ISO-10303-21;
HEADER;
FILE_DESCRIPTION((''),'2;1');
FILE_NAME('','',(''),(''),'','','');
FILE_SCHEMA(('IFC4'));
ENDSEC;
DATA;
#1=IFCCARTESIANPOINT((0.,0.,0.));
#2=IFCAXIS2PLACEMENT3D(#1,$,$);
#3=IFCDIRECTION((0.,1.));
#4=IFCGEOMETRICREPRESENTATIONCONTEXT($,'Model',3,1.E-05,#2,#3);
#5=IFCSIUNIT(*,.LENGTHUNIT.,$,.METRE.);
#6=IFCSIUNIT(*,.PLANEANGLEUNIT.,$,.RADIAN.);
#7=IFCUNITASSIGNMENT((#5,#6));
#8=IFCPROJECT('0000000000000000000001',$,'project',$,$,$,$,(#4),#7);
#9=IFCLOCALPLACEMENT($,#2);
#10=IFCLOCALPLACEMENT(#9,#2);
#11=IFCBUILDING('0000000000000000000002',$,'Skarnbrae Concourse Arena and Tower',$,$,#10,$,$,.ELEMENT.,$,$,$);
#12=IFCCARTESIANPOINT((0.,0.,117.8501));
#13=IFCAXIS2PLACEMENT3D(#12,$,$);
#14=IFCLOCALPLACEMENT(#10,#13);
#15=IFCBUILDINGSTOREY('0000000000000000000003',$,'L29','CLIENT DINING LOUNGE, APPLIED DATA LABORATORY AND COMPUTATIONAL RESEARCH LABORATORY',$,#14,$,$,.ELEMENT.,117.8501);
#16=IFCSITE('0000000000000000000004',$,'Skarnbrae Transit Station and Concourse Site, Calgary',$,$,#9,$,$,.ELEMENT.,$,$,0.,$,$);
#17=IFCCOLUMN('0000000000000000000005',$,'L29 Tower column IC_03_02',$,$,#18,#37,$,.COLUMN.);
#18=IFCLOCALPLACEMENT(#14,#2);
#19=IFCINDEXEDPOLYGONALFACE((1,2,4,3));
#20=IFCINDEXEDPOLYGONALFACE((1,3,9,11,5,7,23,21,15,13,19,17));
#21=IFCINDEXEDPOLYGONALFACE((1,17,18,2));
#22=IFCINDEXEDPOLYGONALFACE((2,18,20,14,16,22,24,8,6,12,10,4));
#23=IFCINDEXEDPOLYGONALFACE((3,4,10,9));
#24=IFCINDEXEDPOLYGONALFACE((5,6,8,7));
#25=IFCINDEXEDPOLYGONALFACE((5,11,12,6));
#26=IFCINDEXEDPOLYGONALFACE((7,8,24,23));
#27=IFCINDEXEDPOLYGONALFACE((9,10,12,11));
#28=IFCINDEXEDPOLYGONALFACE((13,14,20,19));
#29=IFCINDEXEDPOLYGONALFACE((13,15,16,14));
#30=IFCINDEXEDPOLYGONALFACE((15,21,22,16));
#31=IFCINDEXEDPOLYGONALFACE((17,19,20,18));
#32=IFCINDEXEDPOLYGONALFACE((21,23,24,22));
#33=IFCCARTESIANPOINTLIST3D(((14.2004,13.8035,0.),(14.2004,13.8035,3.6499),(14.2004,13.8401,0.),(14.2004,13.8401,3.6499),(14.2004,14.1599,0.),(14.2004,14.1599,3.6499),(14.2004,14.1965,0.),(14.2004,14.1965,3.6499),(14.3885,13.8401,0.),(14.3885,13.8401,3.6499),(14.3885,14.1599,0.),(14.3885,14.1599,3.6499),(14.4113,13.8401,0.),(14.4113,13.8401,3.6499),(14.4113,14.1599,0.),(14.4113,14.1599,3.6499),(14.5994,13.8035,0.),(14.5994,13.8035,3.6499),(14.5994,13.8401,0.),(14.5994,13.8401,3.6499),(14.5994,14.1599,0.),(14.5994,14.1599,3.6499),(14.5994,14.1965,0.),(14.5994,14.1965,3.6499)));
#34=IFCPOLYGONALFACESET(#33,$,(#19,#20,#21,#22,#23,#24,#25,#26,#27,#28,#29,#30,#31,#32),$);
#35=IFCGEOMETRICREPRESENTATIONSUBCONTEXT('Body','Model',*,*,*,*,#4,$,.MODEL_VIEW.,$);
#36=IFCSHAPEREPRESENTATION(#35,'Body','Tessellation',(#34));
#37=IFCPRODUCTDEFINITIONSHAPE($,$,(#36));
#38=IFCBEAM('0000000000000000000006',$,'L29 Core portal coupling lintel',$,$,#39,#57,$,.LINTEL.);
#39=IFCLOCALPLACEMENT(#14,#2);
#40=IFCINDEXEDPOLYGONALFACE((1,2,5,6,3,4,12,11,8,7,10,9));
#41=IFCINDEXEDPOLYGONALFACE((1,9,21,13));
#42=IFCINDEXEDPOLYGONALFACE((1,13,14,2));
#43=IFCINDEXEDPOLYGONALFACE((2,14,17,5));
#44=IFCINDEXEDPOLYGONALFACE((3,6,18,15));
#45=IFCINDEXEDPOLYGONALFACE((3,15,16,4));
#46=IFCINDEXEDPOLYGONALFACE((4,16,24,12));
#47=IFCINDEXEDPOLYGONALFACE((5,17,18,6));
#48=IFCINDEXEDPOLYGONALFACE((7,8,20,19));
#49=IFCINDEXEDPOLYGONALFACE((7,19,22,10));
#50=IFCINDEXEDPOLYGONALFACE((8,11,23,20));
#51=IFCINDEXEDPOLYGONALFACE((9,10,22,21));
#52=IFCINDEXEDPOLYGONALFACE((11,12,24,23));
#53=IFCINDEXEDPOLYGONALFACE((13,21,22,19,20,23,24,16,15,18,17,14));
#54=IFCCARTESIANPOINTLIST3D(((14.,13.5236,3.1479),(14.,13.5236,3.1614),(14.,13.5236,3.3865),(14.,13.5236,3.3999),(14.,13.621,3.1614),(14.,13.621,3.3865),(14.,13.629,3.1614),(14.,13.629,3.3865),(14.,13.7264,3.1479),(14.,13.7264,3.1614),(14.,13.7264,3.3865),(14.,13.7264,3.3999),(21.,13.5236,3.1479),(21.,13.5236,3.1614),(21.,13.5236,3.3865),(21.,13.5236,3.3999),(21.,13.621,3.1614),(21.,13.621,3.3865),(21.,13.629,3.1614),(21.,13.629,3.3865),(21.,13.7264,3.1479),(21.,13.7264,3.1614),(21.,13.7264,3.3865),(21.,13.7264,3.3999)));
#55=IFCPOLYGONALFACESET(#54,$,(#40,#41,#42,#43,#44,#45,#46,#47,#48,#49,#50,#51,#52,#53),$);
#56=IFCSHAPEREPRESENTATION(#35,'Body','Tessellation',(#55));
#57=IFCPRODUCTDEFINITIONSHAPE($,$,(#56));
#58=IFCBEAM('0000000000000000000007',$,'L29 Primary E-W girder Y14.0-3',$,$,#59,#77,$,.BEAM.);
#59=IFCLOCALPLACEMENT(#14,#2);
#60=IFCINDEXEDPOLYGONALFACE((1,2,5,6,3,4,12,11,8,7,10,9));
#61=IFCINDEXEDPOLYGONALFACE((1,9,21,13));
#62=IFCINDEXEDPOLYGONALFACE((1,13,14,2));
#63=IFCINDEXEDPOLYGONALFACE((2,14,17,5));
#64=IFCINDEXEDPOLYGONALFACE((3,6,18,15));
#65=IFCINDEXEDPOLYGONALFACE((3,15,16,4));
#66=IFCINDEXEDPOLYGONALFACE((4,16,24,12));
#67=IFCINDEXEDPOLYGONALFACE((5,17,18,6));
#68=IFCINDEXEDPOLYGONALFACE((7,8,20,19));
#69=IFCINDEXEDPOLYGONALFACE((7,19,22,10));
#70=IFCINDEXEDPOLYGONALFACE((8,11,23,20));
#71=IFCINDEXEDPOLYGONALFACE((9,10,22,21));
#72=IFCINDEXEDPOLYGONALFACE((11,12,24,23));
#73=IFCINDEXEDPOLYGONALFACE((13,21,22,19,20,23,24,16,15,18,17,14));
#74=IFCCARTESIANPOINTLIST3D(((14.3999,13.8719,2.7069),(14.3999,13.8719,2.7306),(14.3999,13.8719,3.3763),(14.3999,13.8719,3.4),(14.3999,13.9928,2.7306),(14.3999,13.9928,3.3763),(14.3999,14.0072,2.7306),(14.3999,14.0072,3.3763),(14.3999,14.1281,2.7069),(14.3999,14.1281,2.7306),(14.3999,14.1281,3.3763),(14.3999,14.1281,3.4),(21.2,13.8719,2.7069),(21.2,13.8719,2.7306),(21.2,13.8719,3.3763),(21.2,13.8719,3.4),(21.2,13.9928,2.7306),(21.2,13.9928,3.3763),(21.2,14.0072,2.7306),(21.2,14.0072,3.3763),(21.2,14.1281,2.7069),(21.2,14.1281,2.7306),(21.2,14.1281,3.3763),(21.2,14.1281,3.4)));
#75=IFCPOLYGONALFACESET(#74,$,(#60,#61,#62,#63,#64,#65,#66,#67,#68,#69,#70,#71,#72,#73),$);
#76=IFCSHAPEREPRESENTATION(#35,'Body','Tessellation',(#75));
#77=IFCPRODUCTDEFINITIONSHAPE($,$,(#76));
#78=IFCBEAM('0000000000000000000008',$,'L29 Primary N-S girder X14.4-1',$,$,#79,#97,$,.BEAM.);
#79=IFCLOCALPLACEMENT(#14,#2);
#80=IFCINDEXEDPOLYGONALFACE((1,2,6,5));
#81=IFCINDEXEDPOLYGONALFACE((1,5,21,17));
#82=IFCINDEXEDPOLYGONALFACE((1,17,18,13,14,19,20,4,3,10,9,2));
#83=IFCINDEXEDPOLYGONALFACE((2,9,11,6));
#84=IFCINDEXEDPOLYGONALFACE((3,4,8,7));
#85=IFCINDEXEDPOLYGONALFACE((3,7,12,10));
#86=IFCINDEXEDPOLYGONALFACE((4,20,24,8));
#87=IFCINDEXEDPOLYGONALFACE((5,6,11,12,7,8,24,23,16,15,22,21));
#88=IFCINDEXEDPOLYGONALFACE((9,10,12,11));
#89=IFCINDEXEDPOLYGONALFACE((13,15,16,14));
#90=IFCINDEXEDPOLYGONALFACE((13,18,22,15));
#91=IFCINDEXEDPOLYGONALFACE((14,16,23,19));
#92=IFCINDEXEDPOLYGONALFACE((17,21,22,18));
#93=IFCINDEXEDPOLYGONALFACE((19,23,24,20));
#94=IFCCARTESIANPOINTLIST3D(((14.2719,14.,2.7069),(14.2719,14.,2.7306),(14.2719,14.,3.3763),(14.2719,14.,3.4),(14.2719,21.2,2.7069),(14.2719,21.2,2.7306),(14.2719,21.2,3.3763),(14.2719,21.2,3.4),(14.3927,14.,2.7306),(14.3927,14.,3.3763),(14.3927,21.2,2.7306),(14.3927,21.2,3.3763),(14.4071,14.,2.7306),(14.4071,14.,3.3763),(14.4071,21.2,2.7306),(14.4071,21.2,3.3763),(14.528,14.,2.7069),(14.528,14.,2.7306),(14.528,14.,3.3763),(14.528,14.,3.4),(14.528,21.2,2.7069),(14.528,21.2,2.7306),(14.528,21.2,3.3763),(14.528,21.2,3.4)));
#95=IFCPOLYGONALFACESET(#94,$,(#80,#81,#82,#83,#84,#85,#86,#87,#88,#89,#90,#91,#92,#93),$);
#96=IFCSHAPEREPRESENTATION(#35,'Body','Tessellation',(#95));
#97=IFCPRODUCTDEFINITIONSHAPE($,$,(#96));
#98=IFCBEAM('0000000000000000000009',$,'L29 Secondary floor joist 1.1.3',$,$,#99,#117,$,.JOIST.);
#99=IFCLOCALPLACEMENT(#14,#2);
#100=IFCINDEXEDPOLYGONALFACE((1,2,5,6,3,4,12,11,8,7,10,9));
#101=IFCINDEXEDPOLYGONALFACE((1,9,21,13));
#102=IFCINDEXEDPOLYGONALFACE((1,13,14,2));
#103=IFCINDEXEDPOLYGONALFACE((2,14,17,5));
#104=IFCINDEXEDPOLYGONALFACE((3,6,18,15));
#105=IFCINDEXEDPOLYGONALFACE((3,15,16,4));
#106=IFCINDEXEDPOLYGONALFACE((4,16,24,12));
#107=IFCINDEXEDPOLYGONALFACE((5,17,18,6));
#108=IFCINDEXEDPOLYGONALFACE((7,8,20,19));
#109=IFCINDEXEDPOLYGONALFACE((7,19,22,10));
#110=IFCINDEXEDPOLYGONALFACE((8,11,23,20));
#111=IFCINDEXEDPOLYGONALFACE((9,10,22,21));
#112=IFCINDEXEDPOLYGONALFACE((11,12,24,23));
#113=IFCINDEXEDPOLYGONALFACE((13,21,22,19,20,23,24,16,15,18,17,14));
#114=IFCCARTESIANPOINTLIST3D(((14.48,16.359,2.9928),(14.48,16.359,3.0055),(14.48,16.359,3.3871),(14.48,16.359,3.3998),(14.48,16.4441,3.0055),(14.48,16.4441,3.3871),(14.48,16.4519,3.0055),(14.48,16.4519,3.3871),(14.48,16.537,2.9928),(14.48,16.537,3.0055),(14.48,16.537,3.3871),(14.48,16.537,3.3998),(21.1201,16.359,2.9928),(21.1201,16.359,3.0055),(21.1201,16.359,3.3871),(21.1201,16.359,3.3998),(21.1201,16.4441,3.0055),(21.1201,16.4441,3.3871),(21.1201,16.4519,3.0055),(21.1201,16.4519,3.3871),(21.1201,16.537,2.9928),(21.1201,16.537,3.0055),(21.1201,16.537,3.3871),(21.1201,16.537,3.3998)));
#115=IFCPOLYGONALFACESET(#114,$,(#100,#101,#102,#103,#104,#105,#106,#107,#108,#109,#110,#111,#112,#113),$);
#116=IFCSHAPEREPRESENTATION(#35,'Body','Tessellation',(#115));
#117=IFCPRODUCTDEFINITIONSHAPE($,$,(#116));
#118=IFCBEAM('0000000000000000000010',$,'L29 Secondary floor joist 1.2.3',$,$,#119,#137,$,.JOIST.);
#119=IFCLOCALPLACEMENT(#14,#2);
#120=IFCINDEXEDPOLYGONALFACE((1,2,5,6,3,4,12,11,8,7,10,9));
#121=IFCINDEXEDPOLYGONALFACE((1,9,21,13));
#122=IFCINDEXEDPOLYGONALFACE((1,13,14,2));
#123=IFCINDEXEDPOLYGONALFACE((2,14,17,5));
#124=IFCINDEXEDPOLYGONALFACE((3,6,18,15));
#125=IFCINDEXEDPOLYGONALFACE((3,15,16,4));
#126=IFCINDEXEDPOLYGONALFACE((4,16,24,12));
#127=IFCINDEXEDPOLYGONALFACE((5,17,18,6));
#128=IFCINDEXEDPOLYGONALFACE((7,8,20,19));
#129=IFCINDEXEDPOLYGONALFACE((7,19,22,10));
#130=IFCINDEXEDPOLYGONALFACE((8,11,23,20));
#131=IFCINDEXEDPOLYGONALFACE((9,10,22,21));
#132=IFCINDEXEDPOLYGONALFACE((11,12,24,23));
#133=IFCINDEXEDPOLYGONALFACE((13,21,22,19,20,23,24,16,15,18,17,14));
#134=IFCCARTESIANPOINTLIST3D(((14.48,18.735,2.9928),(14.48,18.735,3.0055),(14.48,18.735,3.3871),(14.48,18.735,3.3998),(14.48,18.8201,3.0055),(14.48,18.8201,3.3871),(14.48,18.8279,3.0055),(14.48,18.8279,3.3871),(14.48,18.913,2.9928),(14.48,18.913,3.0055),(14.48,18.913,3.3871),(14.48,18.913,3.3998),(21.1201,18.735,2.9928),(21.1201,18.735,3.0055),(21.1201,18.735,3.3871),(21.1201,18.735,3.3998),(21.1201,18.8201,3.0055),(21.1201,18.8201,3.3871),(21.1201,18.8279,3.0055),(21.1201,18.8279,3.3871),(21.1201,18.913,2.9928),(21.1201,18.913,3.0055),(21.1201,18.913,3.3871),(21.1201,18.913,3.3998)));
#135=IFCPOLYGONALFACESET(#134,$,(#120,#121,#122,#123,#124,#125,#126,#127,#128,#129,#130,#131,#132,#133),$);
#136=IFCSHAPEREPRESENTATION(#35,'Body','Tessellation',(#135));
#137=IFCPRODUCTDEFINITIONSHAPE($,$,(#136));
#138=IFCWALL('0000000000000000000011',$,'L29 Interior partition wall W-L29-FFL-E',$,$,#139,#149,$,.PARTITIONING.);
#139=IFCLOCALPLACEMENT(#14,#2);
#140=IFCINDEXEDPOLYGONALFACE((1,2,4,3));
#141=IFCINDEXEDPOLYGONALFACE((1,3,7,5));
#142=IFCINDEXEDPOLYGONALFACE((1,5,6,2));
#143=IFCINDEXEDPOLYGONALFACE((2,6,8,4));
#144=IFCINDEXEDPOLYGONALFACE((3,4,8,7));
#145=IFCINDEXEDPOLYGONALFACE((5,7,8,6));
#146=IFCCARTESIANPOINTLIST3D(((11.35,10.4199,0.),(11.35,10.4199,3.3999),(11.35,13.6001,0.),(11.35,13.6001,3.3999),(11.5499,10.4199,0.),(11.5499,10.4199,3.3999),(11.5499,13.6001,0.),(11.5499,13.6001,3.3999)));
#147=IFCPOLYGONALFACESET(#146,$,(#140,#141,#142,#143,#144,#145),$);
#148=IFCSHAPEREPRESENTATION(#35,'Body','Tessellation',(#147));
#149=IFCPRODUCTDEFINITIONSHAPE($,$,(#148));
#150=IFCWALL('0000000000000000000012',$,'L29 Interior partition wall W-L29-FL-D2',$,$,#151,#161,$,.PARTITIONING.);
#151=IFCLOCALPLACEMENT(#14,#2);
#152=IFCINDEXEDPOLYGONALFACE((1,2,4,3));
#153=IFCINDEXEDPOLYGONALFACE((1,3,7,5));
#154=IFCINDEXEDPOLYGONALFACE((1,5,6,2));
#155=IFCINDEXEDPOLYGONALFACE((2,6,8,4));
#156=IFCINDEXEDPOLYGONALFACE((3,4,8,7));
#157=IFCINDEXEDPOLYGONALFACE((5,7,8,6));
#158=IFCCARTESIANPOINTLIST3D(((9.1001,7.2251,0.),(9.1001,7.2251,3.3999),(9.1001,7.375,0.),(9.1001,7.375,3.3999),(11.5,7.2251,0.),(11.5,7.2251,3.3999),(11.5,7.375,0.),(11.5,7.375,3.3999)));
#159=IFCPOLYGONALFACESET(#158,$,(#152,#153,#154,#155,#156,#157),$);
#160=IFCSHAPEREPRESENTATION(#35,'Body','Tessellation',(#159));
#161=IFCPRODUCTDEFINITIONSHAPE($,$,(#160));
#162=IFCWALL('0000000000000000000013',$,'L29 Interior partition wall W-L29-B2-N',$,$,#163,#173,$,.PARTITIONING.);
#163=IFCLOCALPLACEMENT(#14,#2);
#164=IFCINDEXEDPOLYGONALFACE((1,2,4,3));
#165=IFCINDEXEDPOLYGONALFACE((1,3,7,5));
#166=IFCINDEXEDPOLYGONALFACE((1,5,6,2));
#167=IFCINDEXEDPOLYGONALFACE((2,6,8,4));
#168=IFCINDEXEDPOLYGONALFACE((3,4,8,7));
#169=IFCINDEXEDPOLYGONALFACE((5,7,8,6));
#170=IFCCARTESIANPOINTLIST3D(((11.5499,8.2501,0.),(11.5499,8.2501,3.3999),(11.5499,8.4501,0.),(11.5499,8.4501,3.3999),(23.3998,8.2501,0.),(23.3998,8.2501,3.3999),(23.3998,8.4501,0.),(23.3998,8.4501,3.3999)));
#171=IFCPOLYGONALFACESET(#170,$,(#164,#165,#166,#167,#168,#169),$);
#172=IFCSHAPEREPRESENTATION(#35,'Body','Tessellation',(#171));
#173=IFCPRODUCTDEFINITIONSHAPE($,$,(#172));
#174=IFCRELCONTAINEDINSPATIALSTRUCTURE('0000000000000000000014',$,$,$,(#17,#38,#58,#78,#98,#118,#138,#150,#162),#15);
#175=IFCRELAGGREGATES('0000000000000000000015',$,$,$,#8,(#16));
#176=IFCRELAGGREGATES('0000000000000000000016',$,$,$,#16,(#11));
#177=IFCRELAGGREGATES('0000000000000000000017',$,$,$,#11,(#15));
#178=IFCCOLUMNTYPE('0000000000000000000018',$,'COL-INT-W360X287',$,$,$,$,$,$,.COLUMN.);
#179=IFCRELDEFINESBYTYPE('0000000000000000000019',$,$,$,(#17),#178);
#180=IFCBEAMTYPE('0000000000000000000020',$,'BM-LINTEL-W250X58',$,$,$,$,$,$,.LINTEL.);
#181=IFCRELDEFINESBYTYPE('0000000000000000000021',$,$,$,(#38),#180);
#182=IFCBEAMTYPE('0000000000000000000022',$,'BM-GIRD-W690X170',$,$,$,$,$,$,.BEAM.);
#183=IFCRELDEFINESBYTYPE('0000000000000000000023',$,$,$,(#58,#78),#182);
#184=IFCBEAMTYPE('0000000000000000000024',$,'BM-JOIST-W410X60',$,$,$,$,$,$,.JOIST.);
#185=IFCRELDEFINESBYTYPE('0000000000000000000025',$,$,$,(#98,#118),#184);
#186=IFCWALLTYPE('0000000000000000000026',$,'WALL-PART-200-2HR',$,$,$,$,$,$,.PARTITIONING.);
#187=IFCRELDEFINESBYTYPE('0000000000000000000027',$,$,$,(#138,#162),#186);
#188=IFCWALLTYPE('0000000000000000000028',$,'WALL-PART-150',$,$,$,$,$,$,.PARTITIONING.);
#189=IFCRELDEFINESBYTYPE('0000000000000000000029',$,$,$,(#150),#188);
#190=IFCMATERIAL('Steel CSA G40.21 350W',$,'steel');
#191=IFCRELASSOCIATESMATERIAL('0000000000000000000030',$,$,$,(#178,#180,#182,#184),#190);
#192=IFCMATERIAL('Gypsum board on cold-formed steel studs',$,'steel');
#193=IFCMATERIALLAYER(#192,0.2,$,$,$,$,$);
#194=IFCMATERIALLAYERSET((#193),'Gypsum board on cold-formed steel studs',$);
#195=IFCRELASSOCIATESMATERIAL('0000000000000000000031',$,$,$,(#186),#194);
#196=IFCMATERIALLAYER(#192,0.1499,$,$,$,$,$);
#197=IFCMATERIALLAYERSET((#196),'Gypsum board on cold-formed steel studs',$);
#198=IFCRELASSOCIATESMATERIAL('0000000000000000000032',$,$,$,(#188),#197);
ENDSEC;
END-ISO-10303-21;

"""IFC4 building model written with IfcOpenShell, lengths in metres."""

from ifc_helpers import new_model, si_unit, direction, frame, frame_2d, origin, origin_2d, place, context, subcontext, project, spatial, rectangle, i_section, extrude, source, transform, mapped, material, layer, layer_set, material_profile, profile_set, type_object, element, save


model = new_model("IFC4")

# Units and contexts
model_context = context("Model", 3, precision=1e-05, world=origin(), true_north=direction((0.0, 1.0)))
body_context = subcontext(model_context, "Body", "Model", "MODEL_VIEW")
ifc_project = project(units=[si_unit("LENGTHUNIT", "METRE"), si_unit("PLANEANGLEUNIT", "RADIAN")], contexts=[model_context])

# Site, building, storey
site_placement = place(None, origin())
site = spatial("IfcSite", under=ifc_project, at=site_placement, Name="Skarnbrae Transit Station and Concourse Site, Calgary", CompositionType="ELEMENT", RefElevation=0.0)
building_placement = place(site_placement, origin())
building = spatial("IfcBuilding", under=site, at=building_placement, Name="Skarnbrae Concourse Arena and Tower", CompositionType="ELEMENT")
storey_placement = place(building_placement, frame((0.0, 0.0, 117.8501)))
storey = spatial("IfcBuildingStorey", under=building, at=storey_placement, Name="L29", Description="CLIENT DINING LOUNGE, APPLIED DATA LABORATORY AND COMPUTATIONAL RESEARCH LABORATORY", CompositionType="ELEMENT", Elevation=117.8501)

# Column
ifc_material_1 = material(Name="Steel CSA G40.21 350W", Category="steel")
ifc_material_profile_1 = material_profile(ifc_material_1, i_section(OverallWidth=0.3989, OverallDepth=0.3931, WebThickness=0.0227, FlangeThickness=0.0366, at=origin_2d()), Name="W360X287")
ifc_profile_set_1 = profile_set([ifc_material_profile_1], Name="Steel CSA G40.21 350W")
column_type = type_object("IfcColumnType", Name="COL-INT-W360X287", PredefinedType="COLUMN", material=ifc_profile_set_1)
shared_shape_1 = source(origin(), body_context, "Body", "SweptSolid", [
    extrude(i_section(OverallWidth=0.3989, OverallDepth=0.3931, WebThickness=0.0227, FlangeThickness=0.0366, at=origin_2d()), origin(), (0.0, 0.0, 1.0), 3.6499),
])
column_placement = place(storey_placement, frame((14.3999, 14.0, 0.0), z_axis=(0.0, 0.0, 1.0), x_axis=(1.0, 0.0, 0.0)))
element("IfcColumn", 1, at=column_placement, inside=storey, type_object=column_type, Name="L29 Tower column IC_03_02", PredefinedType="COLUMN", context=body_context, shape_type="MappedRepresentation", body=[
    mapped(shared_shape_1, transform((0.0, 0.0, 0.0))),
])

# Beams
ifc_material_profile_2 = material_profile(ifc_material_1, i_section(OverallWidth=0.2029, OverallDepth=0.252, WebThickness=0.0081, FlangeThickness=0.0134, at=origin_2d()), Name="W250X58")
ifc_profile_set_2 = profile_set([ifc_material_profile_2], Name="Steel CSA G40.21 350W")
beam_type_1 = type_object("IfcBeamType", Name="BM-LINTEL-W250X58", PredefinedType="LINTEL", material=ifc_profile_set_2)
shared_shape_2 = source(origin(), body_context, "Body", "SweptSolid", [
    extrude(i_section(OverallWidth=0.2029, OverallDepth=0.252, WebThickness=0.0081, FlangeThickness=0.0134, at=origin_2d()), origin(), (0.0, 0.0, 1.0), 7.0),
])
beam_1_placement = place(storey_placement, frame((14.0, 13.625, 3.2739), z_axis=(1.0, 0.0, 0.0), x_axis=(0.0, 1.0, 0.0)))
element("IfcBeam", 2, at=beam_1_placement, inside=storey, type_object=beam_type_1, Name="L29 Core portal coupling lintel", PredefinedType="LINTEL", context=body_context, shape_type="MappedRepresentation", body=[
    mapped(shared_shape_2, transform((0.0, 0.0, 0.0))),
])
ifc_material_profile_3 = material_profile(ifc_material_1, i_section(OverallWidth=0.2561, OverallDepth=0.6931, WebThickness=0.0144, FlangeThickness=0.0237, at=origin_2d()), Name="W690X170")
ifc_profile_set_3 = profile_set([ifc_material_profile_3], Name="Steel CSA G40.21 350W")
beam_type_2 = type_object("IfcBeamType", Name="BM-GIRD-W690X170", PredefinedType="BEAM", material=ifc_profile_set_3)
shared_shape_3 = source(origin(), body_context, "Body", "SweptSolid", [
    extrude(i_section(OverallWidth=0.2561, OverallDepth=0.6931, WebThickness=0.0144, FlangeThickness=0.0237, at=origin_2d()), origin(), (0.0, 0.0, 1.0), 6.8),
])
beam_2_placement = place(storey_placement, frame((14.3999, 14.0, 3.0535), z_axis=(1.0, 0.0, 0.0), x_axis=(0.0, 1.0, 0.0)))
element("IfcBeam", 3, at=beam_2_placement, inside=storey, type_object=beam_type_2, Name="L29 Primary E-W girder Y14.0-3", PredefinedType="BEAM", context=body_context, shape_type="MappedRepresentation", body=[
    mapped(shared_shape_3, transform((0.0, 0.0, 0.0))),
])
shared_shape_4 = source(origin(), body_context, "Body", "SweptSolid", [
    extrude(i_section(OverallWidth=0.2561, OverallDepth=0.6931, WebThickness=0.0144, FlangeThickness=0.0237, at=origin_2d()), origin(), (0.0, 0.0, 1.0), 7.2),
])
beam_3_placement = place(storey_placement, frame((14.3999, 14.0, 3.0535), z_axis=(0.0, 1.0, 0.0), x_axis=(-1.0, 0.0, 0.0)))
element("IfcBeam", 4, at=beam_3_placement, inside=storey, type_object=beam_type_2, Name="L29 Primary N-S girder X14.4-1", PredefinedType="BEAM", context=body_context, shape_type="MappedRepresentation", body=[
    mapped(shared_shape_4, transform((0.0, 0.0, 0.0))),
])
ifc_material_profile_4 = material_profile(ifc_material_1, i_section(OverallWidth=0.178, OverallDepth=0.407, WebThickness=0.0078, FlangeThickness=0.0127, at=origin_2d()), Name="W410X60")
ifc_profile_set_4 = profile_set([ifc_material_profile_4], Name="Steel CSA G40.21 350W")
beam_type_3 = type_object("IfcBeamType", Name="BM-JOIST-W410X60", PredefinedType="JOIST", material=ifc_profile_set_4)
shared_shape_5 = source(origin(), body_context, "Body", "SweptSolid", [
    extrude(i_section(OverallWidth=0.178, OverallDepth=0.407, WebThickness=0.0078, FlangeThickness=0.0127, at=origin_2d()), origin(), (0.0, 0.0, 1.0), 6.6401),
])
for number, where, z_axis, x_axis, name in (
    (5, (14.48, 16.448, 3.1963), (1.0, 0.0, 0.0), (0.0, 1.0, 0.0), "L29 Secondary floor joist 1.1.3"),
    (6, (14.48, 18.824, 3.1963), (1.0, 0.0, 0.0), (0.0, 1.0, 0.0), "L29 Secondary floor joist 1.2.3"),
):
    element("IfcBeam", number, at=place(storey_placement, frame(where, z_axis=z_axis, x_axis=x_axis)), inside=storey, type_object=beam_type_3, Name=name, PredefinedType="JOIST", context=body_context, shape_type="MappedRepresentation", body=[
        mapped(shared_shape_5, transform((0.0, 0.0, 0.0))),
    ])

# Wall
ifc_material_2 = material(Name="Gypsum board on cold-formed steel studs", Category="steel")
ifc_layer_1 = layer(ifc_material_2, 0.2)
ifc_layer_set_1 = layer_set([ifc_layer_1], Name="Gypsum board on cold-formed steel studs")
wall_type_1 = type_object("IfcWallType", Name="WALL-PART-200-2HR", PredefinedType="PARTITIONING", material=ifc_layer_set_1)
shared_shape_6 = source(origin(), body_context, "Body", "SweptSolid", [
    extrude(rectangle(XDim=3.1802, YDim=0.2, at=frame_2d((1.5901, 0.0))), origin(), (0.0, 0.0, 1.0), 3.3999),
])
wall_1_placement = place(storey_placement, frame((11.45, 10.4199, 0.0), z_axis=(0.0, 0.0, 1.0), x_axis=(0.0, 1.0, 0.0)))
element("IfcWall", 7, at=wall_1_placement, inside=storey, type_object=wall_type_1, Name="L29 Interior partition wall W-L29-FFL-E", PredefinedType="PARTITIONING", context=body_context, shape_type="MappedRepresentation", body=[
    mapped(shared_shape_6, transform((0.0, 0.0, 0.0))),
])

# Walls
ifc_layer_2 = layer(ifc_material_2, 0.1499)
ifc_layer_set_2 = layer_set([ifc_layer_2], Name="Gypsum board on cold-formed steel studs")
wall_type_2 = type_object("IfcWallType", Name="WALL-PART-150", PredefinedType="PARTITIONING", material=ifc_layer_set_2)
shared_shape_7 = source(origin(), body_context, "Body", "SweptSolid", [
    extrude(rectangle(XDim=2.3999, YDim=0.1499, at=frame_2d((1.2, 0.0))), origin(), (0.0, 0.0, 1.0), 3.3999),
])
wall_2_placement = place(storey_placement, frame((9.1001, 7.3, 0.0), z_axis=(0.0, 0.0, 1.0), x_axis=(1.0, 0.0, 0.0)))
element("IfcWall", 8, at=wall_2_placement, inside=storey, type_object=wall_type_2, Name="L29 Interior partition wall W-L29-FL-D2", PredefinedType="PARTITIONING", context=body_context, shape_type="MappedRepresentation", body=[
    mapped(shared_shape_7, transform((0.0, 0.0, 0.0))),
])
shared_shape_8 = source(origin(), body_context, "Body", "SweptSolid", [
    extrude(rectangle(XDim=11.8499, YDim=0.2, at=frame_2d((5.9248, 0.0))), origin(), (0.0, 0.0, 1.0), 3.3999),
])
wall_3_placement = place(storey_placement, frame((11.55, 8.3501, 0.0), z_axis=(0.0, 0.0, 1.0), x_axis=(1.0, 0.0, 0.0)))
element("IfcWall", 9, at=wall_3_placement, inside=storey, type_object=wall_type_1, Name="L29 Interior partition wall W-L29-B2-N", PredefinedType="PARTITIONING", context=body_context, shape_type="MappedRepresentation", body=[
    mapped(shared_shape_8, transform((0.0, 0.0, 0.0))),
])

save(model, "model.ifc")
